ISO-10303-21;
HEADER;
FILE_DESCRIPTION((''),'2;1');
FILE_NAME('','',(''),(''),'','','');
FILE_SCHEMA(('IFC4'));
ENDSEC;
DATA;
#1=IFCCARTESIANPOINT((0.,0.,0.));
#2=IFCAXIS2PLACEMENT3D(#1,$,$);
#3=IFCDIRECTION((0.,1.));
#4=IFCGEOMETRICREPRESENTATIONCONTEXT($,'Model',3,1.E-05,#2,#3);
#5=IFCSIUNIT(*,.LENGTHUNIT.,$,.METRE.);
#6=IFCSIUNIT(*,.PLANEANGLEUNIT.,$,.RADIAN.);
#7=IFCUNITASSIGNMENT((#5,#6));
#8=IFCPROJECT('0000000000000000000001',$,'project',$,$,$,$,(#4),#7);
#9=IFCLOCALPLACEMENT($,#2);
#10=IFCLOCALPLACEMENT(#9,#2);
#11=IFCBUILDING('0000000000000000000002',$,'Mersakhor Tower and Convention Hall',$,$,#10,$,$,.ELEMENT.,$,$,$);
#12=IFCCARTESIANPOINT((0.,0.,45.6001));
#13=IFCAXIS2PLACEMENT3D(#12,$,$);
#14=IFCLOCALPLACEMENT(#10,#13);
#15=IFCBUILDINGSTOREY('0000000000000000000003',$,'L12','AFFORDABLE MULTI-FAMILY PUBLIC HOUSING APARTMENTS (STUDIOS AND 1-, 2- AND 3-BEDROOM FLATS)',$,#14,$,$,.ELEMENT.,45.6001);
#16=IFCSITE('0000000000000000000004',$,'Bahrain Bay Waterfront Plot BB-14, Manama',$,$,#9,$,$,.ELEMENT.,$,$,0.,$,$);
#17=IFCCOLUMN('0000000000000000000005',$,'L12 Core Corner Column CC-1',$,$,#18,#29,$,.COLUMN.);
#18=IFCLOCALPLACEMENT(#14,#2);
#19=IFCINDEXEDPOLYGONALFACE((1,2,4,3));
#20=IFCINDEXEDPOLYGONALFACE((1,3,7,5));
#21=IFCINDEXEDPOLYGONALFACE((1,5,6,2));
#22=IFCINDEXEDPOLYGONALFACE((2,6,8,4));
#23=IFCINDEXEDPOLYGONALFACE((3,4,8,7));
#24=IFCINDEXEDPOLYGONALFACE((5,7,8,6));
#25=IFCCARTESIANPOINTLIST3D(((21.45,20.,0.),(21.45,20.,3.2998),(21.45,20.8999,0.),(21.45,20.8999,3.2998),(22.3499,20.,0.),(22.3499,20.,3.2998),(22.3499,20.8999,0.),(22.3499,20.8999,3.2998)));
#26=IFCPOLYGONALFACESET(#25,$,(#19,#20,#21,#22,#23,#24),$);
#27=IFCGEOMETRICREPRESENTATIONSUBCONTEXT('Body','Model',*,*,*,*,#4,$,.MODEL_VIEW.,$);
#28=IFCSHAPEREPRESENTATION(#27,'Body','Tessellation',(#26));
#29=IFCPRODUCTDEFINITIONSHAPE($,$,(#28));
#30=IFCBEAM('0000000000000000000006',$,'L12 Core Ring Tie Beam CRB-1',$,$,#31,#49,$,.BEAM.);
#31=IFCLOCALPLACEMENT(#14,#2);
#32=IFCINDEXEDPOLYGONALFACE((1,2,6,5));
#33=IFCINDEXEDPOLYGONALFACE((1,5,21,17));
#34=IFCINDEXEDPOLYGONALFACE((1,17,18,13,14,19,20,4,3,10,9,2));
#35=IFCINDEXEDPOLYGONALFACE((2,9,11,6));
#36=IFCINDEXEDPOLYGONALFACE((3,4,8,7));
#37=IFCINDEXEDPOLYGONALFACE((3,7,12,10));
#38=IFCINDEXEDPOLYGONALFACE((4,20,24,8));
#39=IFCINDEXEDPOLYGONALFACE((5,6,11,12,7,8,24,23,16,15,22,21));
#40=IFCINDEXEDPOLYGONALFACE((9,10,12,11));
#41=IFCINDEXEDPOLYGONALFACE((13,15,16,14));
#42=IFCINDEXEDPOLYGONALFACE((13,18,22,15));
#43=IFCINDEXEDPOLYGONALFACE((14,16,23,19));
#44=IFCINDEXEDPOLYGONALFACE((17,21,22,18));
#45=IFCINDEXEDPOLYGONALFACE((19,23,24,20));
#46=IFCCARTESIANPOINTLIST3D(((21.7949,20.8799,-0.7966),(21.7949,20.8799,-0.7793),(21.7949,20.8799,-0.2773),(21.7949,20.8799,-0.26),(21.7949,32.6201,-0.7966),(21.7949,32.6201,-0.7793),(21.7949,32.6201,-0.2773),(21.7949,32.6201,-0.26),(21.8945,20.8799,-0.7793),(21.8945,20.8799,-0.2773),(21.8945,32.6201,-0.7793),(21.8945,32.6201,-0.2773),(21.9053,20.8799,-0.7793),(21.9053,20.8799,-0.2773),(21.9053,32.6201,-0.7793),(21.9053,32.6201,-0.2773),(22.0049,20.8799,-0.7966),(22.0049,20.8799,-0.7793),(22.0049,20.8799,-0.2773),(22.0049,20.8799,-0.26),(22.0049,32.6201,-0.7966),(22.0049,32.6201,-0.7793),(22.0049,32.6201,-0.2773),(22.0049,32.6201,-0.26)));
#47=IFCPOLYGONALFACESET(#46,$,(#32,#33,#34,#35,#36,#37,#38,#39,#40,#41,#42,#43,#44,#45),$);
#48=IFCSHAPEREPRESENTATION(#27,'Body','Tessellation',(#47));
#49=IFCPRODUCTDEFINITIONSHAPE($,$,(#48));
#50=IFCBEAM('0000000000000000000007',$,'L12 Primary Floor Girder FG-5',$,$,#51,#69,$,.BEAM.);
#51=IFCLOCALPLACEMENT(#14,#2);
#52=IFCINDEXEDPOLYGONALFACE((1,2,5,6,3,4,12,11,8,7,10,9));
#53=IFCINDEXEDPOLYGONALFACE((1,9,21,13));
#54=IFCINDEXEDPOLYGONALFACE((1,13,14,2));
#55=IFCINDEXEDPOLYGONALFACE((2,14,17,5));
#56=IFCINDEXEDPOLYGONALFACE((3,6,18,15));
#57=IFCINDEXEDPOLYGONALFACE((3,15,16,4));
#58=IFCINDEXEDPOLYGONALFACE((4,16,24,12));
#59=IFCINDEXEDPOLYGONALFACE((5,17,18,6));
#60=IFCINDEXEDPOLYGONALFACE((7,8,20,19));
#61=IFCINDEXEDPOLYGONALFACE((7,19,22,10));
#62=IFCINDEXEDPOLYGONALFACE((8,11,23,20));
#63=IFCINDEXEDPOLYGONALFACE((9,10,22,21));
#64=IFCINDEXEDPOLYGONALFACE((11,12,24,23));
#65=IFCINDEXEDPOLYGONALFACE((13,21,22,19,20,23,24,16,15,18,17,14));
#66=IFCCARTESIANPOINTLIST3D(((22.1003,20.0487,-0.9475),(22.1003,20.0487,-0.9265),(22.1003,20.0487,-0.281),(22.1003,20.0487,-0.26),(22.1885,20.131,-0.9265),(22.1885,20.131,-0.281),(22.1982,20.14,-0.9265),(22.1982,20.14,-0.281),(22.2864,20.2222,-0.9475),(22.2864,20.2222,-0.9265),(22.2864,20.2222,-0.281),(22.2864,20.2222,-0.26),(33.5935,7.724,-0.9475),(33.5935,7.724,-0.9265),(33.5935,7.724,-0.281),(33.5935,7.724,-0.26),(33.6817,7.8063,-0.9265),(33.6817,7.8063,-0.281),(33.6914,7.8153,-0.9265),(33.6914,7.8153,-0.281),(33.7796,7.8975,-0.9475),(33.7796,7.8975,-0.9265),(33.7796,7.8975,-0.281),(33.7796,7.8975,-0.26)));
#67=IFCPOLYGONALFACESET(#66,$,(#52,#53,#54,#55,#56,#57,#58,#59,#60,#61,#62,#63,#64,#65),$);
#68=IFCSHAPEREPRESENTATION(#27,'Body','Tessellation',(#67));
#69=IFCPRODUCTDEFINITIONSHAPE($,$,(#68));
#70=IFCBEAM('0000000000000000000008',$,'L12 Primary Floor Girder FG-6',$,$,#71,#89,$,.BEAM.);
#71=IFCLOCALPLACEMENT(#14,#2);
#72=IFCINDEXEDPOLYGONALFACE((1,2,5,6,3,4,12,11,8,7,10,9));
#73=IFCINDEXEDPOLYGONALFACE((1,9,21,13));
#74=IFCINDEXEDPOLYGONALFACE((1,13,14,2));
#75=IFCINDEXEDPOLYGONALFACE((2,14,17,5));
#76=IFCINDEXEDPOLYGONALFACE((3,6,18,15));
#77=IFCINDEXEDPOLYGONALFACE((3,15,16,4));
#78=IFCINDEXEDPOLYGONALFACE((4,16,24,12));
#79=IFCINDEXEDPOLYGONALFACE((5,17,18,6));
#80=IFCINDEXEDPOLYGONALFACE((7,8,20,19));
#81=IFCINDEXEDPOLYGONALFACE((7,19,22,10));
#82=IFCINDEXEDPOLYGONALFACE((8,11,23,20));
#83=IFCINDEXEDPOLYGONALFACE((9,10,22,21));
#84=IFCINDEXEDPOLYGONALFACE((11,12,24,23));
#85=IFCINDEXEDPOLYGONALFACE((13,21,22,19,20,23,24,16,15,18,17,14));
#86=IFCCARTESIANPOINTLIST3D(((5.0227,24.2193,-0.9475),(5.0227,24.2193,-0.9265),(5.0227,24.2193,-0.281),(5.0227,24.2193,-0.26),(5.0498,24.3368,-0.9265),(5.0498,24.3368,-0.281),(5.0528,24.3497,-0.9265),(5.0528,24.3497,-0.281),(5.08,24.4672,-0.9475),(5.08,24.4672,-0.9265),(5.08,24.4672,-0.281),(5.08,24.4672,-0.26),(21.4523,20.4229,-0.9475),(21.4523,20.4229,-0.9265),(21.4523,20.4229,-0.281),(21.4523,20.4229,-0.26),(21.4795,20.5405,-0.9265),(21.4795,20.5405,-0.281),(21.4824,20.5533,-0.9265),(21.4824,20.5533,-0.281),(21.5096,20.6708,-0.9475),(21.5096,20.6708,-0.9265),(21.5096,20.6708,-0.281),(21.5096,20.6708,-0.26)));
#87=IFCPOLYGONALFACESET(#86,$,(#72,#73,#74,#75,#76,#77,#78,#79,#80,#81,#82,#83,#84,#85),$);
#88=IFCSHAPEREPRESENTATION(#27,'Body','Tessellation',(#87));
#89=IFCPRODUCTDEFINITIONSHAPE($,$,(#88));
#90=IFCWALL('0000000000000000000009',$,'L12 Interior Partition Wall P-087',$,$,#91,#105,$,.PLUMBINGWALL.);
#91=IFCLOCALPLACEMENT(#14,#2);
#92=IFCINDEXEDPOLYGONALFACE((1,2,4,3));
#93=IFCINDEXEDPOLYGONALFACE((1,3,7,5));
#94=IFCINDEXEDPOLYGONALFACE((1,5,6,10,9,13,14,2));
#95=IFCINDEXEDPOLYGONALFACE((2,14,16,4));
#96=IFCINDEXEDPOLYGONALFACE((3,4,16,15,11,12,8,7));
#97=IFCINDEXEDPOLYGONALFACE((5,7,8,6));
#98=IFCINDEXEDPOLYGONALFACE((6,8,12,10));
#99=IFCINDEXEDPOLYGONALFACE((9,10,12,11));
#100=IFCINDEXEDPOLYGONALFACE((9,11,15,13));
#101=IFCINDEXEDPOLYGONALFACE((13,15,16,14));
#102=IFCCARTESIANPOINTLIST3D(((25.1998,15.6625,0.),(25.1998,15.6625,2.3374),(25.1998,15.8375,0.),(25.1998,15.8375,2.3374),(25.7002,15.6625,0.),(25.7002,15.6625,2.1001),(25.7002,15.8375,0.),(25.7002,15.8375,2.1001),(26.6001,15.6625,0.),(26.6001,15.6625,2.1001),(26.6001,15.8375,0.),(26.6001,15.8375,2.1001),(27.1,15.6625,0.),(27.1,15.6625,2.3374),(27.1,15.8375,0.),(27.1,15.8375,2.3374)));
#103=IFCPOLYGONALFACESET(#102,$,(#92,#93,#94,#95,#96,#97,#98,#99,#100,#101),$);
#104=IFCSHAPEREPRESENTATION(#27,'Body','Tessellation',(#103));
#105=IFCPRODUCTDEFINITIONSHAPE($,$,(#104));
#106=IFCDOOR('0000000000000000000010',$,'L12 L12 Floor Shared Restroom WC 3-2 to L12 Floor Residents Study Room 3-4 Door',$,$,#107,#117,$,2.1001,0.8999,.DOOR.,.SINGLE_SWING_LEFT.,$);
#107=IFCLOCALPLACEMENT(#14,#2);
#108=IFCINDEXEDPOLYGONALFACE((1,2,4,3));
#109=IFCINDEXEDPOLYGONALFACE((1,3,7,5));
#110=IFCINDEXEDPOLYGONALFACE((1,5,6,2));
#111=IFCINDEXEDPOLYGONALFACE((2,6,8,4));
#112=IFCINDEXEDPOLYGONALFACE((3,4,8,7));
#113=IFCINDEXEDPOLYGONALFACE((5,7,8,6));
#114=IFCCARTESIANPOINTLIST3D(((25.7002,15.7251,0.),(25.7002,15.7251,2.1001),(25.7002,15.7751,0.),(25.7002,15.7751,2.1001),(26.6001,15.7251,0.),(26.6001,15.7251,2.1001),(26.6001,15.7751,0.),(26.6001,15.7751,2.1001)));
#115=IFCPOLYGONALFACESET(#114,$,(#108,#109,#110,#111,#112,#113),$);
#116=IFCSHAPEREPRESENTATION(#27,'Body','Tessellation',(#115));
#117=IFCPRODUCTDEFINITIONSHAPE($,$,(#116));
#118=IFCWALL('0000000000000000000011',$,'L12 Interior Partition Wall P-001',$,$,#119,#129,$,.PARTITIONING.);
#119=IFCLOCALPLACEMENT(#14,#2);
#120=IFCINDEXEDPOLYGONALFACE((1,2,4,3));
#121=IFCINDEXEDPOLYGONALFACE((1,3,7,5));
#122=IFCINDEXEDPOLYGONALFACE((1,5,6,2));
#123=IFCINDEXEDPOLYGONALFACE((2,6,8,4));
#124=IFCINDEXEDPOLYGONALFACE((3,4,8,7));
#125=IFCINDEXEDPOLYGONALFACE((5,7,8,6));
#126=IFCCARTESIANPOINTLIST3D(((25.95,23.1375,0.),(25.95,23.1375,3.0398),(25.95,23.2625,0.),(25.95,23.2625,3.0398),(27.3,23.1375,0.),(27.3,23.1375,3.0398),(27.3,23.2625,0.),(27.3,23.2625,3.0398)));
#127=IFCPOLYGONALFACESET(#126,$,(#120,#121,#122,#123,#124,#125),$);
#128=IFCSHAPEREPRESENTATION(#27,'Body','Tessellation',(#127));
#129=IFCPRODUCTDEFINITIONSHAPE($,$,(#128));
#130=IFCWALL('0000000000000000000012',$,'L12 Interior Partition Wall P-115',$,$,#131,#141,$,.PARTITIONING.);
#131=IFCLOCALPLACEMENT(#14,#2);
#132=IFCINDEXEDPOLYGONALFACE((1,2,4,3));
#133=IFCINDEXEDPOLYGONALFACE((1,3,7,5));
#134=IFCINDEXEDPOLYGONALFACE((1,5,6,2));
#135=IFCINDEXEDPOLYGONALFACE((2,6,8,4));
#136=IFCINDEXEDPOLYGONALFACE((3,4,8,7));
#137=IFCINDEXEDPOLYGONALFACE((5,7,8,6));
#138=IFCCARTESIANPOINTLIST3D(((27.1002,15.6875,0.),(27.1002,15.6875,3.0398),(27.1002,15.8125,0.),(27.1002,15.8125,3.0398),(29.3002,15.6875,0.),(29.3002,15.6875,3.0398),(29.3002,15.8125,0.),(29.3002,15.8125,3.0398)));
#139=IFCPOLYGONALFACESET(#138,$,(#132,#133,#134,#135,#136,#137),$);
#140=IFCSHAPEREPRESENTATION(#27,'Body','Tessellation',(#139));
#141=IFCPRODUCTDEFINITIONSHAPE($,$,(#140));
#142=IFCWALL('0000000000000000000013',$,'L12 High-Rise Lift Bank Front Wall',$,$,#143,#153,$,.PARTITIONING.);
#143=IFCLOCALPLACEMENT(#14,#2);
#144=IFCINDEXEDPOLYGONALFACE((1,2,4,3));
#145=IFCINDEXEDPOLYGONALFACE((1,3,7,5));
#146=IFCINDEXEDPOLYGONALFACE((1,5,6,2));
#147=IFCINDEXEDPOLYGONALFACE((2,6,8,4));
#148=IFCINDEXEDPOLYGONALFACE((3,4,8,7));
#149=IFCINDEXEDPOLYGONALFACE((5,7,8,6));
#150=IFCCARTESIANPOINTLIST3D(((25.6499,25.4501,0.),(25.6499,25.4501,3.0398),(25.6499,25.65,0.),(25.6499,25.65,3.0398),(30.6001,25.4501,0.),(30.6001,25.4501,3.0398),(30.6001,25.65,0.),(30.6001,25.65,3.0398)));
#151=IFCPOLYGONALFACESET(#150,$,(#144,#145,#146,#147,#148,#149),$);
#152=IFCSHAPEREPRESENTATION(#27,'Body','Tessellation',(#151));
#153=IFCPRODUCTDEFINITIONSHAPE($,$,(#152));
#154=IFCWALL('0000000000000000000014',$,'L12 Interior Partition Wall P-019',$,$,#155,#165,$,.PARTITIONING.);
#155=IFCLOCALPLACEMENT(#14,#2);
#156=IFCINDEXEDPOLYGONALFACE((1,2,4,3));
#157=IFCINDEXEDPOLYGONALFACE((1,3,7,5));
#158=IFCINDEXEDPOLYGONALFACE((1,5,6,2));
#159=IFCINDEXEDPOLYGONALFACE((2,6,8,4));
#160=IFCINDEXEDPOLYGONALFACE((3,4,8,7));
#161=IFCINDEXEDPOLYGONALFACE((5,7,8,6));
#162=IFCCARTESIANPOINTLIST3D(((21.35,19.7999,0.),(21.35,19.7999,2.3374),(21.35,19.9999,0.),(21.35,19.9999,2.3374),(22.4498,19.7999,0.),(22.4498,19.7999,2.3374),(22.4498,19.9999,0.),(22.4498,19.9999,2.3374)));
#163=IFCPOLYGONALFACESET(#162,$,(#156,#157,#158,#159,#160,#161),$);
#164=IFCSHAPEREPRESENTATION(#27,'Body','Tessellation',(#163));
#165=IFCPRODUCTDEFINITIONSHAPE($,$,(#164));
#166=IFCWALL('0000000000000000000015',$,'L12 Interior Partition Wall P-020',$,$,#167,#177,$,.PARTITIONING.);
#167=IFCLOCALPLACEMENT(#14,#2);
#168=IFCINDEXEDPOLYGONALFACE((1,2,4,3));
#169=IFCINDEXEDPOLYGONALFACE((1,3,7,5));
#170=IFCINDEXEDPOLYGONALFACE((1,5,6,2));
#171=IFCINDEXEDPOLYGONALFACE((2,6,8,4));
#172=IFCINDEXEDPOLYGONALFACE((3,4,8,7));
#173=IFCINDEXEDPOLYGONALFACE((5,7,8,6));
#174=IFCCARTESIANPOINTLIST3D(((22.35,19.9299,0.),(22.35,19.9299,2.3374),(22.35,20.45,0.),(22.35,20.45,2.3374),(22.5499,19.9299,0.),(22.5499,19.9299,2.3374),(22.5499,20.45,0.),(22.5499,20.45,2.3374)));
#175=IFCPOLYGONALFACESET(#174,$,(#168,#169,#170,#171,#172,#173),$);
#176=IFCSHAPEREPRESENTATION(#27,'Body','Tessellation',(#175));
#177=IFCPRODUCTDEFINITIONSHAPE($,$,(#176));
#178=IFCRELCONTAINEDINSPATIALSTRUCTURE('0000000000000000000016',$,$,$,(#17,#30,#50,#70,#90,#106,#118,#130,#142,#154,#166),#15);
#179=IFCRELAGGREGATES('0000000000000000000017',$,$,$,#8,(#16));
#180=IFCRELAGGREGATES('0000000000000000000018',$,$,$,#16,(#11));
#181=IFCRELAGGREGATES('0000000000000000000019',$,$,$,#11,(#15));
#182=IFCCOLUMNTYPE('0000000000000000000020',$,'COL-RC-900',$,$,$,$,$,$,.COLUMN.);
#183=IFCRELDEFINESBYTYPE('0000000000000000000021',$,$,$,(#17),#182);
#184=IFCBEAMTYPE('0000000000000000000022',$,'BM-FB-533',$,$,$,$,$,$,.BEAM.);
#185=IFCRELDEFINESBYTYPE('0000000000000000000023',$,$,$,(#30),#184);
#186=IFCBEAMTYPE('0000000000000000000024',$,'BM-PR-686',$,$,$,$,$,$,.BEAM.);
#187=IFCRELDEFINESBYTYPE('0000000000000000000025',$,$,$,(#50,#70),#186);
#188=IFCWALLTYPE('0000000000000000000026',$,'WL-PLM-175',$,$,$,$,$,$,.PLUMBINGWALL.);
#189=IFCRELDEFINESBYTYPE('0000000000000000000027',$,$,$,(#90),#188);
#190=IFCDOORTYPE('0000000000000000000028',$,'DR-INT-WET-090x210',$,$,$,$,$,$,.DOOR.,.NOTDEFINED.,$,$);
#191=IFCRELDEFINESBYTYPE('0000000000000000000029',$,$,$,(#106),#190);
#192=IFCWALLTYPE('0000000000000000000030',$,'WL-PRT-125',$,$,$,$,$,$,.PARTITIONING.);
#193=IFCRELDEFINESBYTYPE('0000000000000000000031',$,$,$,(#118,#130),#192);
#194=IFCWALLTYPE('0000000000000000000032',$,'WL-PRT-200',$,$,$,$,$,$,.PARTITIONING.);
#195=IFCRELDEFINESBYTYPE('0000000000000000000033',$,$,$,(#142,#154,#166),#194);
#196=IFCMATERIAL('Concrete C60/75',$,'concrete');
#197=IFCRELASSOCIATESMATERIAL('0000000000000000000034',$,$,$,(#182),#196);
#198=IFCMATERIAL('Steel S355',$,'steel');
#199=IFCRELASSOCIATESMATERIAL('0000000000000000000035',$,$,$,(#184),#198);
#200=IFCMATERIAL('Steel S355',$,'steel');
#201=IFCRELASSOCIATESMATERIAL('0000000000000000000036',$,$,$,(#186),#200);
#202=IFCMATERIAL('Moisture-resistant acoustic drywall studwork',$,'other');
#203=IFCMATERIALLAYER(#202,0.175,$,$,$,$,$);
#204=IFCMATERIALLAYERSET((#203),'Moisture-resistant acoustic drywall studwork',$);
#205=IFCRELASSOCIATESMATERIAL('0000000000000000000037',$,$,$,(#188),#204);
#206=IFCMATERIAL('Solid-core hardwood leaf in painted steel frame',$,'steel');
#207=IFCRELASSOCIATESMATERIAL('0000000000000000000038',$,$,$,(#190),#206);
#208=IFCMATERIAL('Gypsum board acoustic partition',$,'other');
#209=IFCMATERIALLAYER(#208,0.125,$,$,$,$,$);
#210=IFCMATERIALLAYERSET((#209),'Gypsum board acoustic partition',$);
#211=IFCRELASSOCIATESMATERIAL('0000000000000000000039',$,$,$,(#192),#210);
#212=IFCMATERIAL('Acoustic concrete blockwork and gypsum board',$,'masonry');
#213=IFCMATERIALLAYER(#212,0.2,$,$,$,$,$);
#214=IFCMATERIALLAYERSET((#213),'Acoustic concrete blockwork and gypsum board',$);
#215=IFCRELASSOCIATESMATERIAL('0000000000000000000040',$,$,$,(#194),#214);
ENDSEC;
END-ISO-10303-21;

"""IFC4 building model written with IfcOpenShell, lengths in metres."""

from ifc_helpers import new_model, si_unit, direction, frame, frame_2d, origin, origin_2d, place, context, subcontext, project, spatial, rectangle, i_section, extrude, material, layer, layer_set, material_profile, profile_set, type_object, element, fill, save


model = new_model("IFC4")

# Units and contexts
model_context = context("Model", 3, precision=1e-05, world=origin(), true_north=direction((0.0, 1.0)))
body_context = subcontext(model_context, "Body", "Model", "MODEL_VIEW")
ifc_project = project(units=[si_unit("LENGTHUNIT", "METRE"), si_unit("PLANEANGLEUNIT", "RADIAN")], contexts=[model_context])

# Site, building, storey
site_placement = place(None, origin())
site = spatial("IfcSite", under=ifc_project, at=site_placement, Name="Bahrain Bay Waterfront Plot BB-14, Manama", CompositionType="ELEMENT", RefElevation=0.0)
building_placement = place(site_placement, origin())
building = spatial("IfcBuilding", under=site, at=building_placement, Name="Mersakhor Tower and Convention Hall", CompositionType="ELEMENT")
storey_placement = place(building_placement, frame((0.0, 0.0, 45.6001)))
storey = spatial("IfcBuildingStorey", under=building, at=storey_placement, Name="L12", Description="AFFORDABLE MULTI-FAMILY PUBLIC HOUSING APARTMENTS (STUDIOS AND 1-, 2- AND 3-BEDROOM FLATS)", CompositionType="ELEMENT", Elevation=45.6001)

# Column
ifc_material_1 = material(Name="Concrete C60/75", Category="concrete")
ifc_material_profile_1 = material_profile(ifc_material_1, rectangle(XDim=0.8999, YDim=0.8999, at=origin_2d()), Name="RC 900x900")
ifc_profile_set_1 = profile_set([ifc_material_profile_1], Name="Concrete C60/75")
column_type = type_object("IfcColumnType", Name="COL-RC-900", PredefinedType="COLUMN", material=ifc_profile_set_1)
column_placement = place(storey_placement, frame((21.8999, 20.45, 0.0), z_axis=(0.0, 0.0, 1.0), x_axis=(1.0, 0.0, 0.0)))
element("IfcColumn", 1, at=column_placement, inside=storey, type_object=column_type, Name="L12 Core Corner Column CC-1", PredefinedType="COLUMN", context=body_context, shape_type="SweptSolid", body=[
    extrude(rectangle(XDim=0.8999, YDim=0.8999, at=origin_2d()), origin(), (0.0, 0.0, 1.0), 3.2998),
])

# Beams
ifc_material_2 = material(Name="Steel S355", Category="steel")
ifc_material_profile_2 = material_profile(ifc_material_2, i_section(OverallWidth=0.21, OverallDepth=0.5366, WebThickness=0.0107, FlangeThickness=0.0173, at=origin_2d()), Name="UB 533x210x101")
ifc_profile_set_2 = profile_set([ifc_material_profile_2], Name="Steel S355")
beam_type_1 = type_object("IfcBeamType", Name="BM-FB-533", PredefinedType="BEAM", material=ifc_profile_set_2)
beam_1_placement = place(storey_placement, frame((21.8999, 20.8799, -0.5283), z_axis=(0.0, 1.0, 0.0), x_axis=(-1.0, 0.0, 0.0)))
element("IfcBeam", 2, at=beam_1_placement, inside=storey, type_object=beam_type_1, Name="L12 Core Ring Tie Beam CRB-1", PredefinedType="BEAM", context=body_context, shape_type="SweptSolid", body=[
    extrude(i_section(OverallWidth=0.21, OverallDepth=0.5366, WebThickness=0.0107, FlangeThickness=0.0173, at=origin_2d()), origin(), (0.0, 0.0, 1.0), 11.7402),
])
ifc_material_3 = material(Name="Steel S355", Category="steel")
ifc_material_profile_3 = material_profile(ifc_material_3, i_section(OverallWidth=0.2544, OverallDepth=0.6875, WebThickness=0.0132, FlangeThickness=0.021, at=origin_2d()), Name="UB 686x254x152")
ifc_profile_set_3 = profile_set([ifc_material_profile_3], Name="Steel S355")
beam_type_2 = type_object("IfcBeamType", Name="BM-PR-686", PredefinedType="BEAM", material=ifc_profile_set_3)
beam_2_placement = place(storey_placement, frame((22.1934, 20.1355, -0.6038), z_axis=(0.682004, -0.731348, 0.0), x_axis=(0.731348, 0.682004, 0.0)))
element("IfcBeam", 3, at=beam_2_placement, inside=storey, type_object=beam_type_2, Name="L12 Primary Floor Girder FG-5", PredefinedType="BEAM", context=body_context, shape_type="SweptSolid", body=[
    extrude(i_section(OverallWidth=0.2544, OverallDepth=0.6875, WebThickness=0.0132, FlangeThickness=0.021, at=origin_2d()), origin(), (0.0, 0.0, 1.0), 16.8521),
])
beam_3_placement = place(storey_placement, frame((21.481, 20.5469, -0.6038), z_axis=(-0.974327, 0.225137, 0.0), x_axis=(-0.225137, -0.974327, 0.0)))
element("IfcBeam", 4, at=beam_3_placement, inside=storey, type_object=beam_type_2, Name="L12 Primary Floor Girder FG-6", PredefinedType="BEAM", context=body_context, shape_type="SweptSolid", body=[
    extrude(i_section(OverallWidth=0.2544, OverallDepth=0.6875, WebThickness=0.0132, FlangeThickness=0.021, at=origin_2d()), origin(), (0.0, 0.0, 1.0), 16.8625),
])

# Wall, opening, door
ifc_material_4 = material(Name="Moisture-resistant acoustic drywall studwork", Category="other")
ifc_layer_1 = layer(ifc_material_4, 0.175)
ifc_layer_set_1 = layer_set([ifc_layer_1], Name="Moisture-resistant acoustic drywall studwork")
wall_type_1 = type_object("IfcWallType", Name="WL-PLM-175", PredefinedType="PLUMBINGWALL", material=ifc_layer_set_1)
wall_1_placement = place(storey_placement, frame((27.1001, 15.75, 0.0), z_axis=(0.0, 0.0, 1.0), x_axis=(-1.0, 0.0, 0.0)))
wall_1 = element("IfcWall", 5, at=wall_1_placement, inside=storey, type_object=wall_type_1, Name="L12 Interior Partition Wall P-087", PredefinedType="PLUMBINGWALL", context=body_context, shape_type="SweptSolid", body=[
    extrude(rectangle(XDim=1.9001, YDim=0.175, at=frame_2d((0.9502, 0.0))), origin(), (0.0, 0.0, 1.0), 2.3374),
])
opening_1_placement = place(wall_1_placement, frame((0.5, 0.0, 0.0)))
opening_1 = element("IfcOpeningElement", 6, at=opening_1_placement, cuts=wall_1, PredefinedType="OPENING", context=body_context, shape_type="SweptSolid", body=[
    extrude(rectangle(XDim=0.8999, YDim=2.1001, at=frame_2d((0.45, 1.05))), frame((0.0, 0.0974, 0.0), z_axis=(0.0, -1.0, 0.0), x_axis=(1.0, 0.0, 0.0)), (0.0, 0.0, 1.0), 0.1951),
])
ifc_material_5 = material(Name="Solid-core hardwood leaf in painted steel frame", Category="steel")
door_type_1 = type_object("IfcDoorType", Name="DR-INT-WET-090x210", OperationType="NOTDEFINED", PredefinedType="DOOR", material=ifc_material_5)
door_1_placement = place(opening_1_placement, origin())
door_1 = element("IfcDoor", 7, at=door_1_placement, inside=storey, type_object=door_type_1, Name="L12 L12 Floor Shared Restroom WC 3-2 to L12 Floor Residents Study Room 3-4 Door", OperationType="SINGLE_SWING_LEFT", OverallHeight=2.1001, OverallWidth=0.8999, PredefinedType="DOOR", context=body_context, shape_type="SweptSolid", body=[
    extrude(rectangle(XDim=0.8999, YDim=2.1001, at=frame_2d((0.45, 1.05))), frame((0.0, 0.0249, 0.0), z_axis=(0.0, -1.0, 0.0), x_axis=(1.0, 0.0, 0.0)), (0.0, 0.0, 1.0), 0.05),
])
fill(opening_1, door_1)

# Walls
ifc_material_6 = material(Name="Gypsum board acoustic partition", Category="other")
ifc_layer_2 = layer(ifc_material_6, 0.125)
ifc_layer_set_2 = layer_set([ifc_layer_2], Name="Gypsum board acoustic partition")
wall_type_2 = type_object("IfcWallType", Name="WL-PRT-125", PredefinedType="PARTITIONING", material=ifc_layer_set_2)
wall_2_placement = place(storey_placement, frame((25.95, 23.2, 0.0), z_axis=(0.0, 0.0, 1.0), x_axis=(1.0, 0.0, 0.0)))
element("IfcWall", 8, at=wall_2_placement, inside=storey, type_object=wall_type_2, Name="L12 Interior Partition Wall P-001", PredefinedType="PARTITIONING", context=body_context, shape_type="SweptSolid", body=[
    extrude(rectangle(XDim=1.3501, YDim=0.125, at=frame_2d((0.675, 0.0))), origin(), (0.0, 0.0, 1.0), 3.0398),
])
wall_3_placement = place(storey_placement, frame((27.1001, 15.75, 0.0), z_axis=(0.0, 0.0, 1.0), x_axis=(1.0, 0.0, 0.0)))
element("IfcWall", 9, at=wall_3_placement, inside=storey, type_object=wall_type_2, Name="L12 Interior Partition Wall P-115", PredefinedType="PARTITIONING", context=body_context, shape_type="SweptSolid", body=[
    extrude(rectangle(XDim=2.2, YDim=0.125, at=frame_2d((1.1001, 0.0))), origin(), (0.0, 0.0, 1.0), 3.0398),
])
ifc_material_7 = material(Name="Acoustic concrete blockwork and gypsum board", Category="masonry")
ifc_layer_3 = layer(ifc_material_7, 0.2)
ifc_layer_set_3 = layer_set([ifc_layer_3], Name="Acoustic concrete blockwork and gypsum board")
wall_type_3 = type_object("IfcWallType", Name="WL-PRT-200", PredefinedType="PARTITIONING", material=ifc_layer_set_3)
wall_4_placement = place(storey_placement, frame((25.6499, 25.55, 0.0), z_axis=(0.0, 0.0, 1.0), x_axis=(1.0, 0.0, 0.0)))
element("IfcWall", 10, at=wall_4_placement, inside=storey, type_object=wall_type_3, Name="L12 High-Rise Lift Bank Front Wall", PredefinedType="PARTITIONING", context=body_context, shape_type="SweptSolid", body=[
    extrude(rectangle(XDim=4.9502, YDim=0.2, at=frame_2d((2.4751, 0.0))), origin(), (0.0, 0.0, 1.0), 3.0398),
])
wall_5_placement = place(storey_placement, frame((21.3501, 19.8999, 0.0), z_axis=(0.0, 0.0, 1.0), x_axis=(1.0, 0.0, 0.0)))
element("IfcWall", 11, at=wall_5_placement, inside=storey, type_object=wall_type_3, Name="L12 Interior Partition Wall P-019", PredefinedType="PARTITIONING", context=body_context, shape_type="SweptSolid", body=[
    extrude(rectangle(XDim=1.0999, YDim=0.2, at=frame_2d((0.5498, 0.0))), origin(), (0.0, 0.0, 1.0), 2.3374),
])
wall_6_placement = place(storey_placement, frame((22.45, 19.9299, 0.0), z_axis=(0.0, 0.0, 1.0), x_axis=(0.0, 1.0, 0.0)))
element("IfcWall", 12, at=wall_6_placement, inside=storey, type_object=wall_type_3, Name="L12 Interior Partition Wall P-020", PredefinedType="PARTITIONING", context=body_context, shape_type="SweptSolid", body=[
    extrude(rectangle(XDim=0.52, YDim=0.2, at=frame_2d((0.26, 0.0))), origin(), (0.0, 0.0, 1.0), 2.3374),
])

save(model, "model.ifc")
